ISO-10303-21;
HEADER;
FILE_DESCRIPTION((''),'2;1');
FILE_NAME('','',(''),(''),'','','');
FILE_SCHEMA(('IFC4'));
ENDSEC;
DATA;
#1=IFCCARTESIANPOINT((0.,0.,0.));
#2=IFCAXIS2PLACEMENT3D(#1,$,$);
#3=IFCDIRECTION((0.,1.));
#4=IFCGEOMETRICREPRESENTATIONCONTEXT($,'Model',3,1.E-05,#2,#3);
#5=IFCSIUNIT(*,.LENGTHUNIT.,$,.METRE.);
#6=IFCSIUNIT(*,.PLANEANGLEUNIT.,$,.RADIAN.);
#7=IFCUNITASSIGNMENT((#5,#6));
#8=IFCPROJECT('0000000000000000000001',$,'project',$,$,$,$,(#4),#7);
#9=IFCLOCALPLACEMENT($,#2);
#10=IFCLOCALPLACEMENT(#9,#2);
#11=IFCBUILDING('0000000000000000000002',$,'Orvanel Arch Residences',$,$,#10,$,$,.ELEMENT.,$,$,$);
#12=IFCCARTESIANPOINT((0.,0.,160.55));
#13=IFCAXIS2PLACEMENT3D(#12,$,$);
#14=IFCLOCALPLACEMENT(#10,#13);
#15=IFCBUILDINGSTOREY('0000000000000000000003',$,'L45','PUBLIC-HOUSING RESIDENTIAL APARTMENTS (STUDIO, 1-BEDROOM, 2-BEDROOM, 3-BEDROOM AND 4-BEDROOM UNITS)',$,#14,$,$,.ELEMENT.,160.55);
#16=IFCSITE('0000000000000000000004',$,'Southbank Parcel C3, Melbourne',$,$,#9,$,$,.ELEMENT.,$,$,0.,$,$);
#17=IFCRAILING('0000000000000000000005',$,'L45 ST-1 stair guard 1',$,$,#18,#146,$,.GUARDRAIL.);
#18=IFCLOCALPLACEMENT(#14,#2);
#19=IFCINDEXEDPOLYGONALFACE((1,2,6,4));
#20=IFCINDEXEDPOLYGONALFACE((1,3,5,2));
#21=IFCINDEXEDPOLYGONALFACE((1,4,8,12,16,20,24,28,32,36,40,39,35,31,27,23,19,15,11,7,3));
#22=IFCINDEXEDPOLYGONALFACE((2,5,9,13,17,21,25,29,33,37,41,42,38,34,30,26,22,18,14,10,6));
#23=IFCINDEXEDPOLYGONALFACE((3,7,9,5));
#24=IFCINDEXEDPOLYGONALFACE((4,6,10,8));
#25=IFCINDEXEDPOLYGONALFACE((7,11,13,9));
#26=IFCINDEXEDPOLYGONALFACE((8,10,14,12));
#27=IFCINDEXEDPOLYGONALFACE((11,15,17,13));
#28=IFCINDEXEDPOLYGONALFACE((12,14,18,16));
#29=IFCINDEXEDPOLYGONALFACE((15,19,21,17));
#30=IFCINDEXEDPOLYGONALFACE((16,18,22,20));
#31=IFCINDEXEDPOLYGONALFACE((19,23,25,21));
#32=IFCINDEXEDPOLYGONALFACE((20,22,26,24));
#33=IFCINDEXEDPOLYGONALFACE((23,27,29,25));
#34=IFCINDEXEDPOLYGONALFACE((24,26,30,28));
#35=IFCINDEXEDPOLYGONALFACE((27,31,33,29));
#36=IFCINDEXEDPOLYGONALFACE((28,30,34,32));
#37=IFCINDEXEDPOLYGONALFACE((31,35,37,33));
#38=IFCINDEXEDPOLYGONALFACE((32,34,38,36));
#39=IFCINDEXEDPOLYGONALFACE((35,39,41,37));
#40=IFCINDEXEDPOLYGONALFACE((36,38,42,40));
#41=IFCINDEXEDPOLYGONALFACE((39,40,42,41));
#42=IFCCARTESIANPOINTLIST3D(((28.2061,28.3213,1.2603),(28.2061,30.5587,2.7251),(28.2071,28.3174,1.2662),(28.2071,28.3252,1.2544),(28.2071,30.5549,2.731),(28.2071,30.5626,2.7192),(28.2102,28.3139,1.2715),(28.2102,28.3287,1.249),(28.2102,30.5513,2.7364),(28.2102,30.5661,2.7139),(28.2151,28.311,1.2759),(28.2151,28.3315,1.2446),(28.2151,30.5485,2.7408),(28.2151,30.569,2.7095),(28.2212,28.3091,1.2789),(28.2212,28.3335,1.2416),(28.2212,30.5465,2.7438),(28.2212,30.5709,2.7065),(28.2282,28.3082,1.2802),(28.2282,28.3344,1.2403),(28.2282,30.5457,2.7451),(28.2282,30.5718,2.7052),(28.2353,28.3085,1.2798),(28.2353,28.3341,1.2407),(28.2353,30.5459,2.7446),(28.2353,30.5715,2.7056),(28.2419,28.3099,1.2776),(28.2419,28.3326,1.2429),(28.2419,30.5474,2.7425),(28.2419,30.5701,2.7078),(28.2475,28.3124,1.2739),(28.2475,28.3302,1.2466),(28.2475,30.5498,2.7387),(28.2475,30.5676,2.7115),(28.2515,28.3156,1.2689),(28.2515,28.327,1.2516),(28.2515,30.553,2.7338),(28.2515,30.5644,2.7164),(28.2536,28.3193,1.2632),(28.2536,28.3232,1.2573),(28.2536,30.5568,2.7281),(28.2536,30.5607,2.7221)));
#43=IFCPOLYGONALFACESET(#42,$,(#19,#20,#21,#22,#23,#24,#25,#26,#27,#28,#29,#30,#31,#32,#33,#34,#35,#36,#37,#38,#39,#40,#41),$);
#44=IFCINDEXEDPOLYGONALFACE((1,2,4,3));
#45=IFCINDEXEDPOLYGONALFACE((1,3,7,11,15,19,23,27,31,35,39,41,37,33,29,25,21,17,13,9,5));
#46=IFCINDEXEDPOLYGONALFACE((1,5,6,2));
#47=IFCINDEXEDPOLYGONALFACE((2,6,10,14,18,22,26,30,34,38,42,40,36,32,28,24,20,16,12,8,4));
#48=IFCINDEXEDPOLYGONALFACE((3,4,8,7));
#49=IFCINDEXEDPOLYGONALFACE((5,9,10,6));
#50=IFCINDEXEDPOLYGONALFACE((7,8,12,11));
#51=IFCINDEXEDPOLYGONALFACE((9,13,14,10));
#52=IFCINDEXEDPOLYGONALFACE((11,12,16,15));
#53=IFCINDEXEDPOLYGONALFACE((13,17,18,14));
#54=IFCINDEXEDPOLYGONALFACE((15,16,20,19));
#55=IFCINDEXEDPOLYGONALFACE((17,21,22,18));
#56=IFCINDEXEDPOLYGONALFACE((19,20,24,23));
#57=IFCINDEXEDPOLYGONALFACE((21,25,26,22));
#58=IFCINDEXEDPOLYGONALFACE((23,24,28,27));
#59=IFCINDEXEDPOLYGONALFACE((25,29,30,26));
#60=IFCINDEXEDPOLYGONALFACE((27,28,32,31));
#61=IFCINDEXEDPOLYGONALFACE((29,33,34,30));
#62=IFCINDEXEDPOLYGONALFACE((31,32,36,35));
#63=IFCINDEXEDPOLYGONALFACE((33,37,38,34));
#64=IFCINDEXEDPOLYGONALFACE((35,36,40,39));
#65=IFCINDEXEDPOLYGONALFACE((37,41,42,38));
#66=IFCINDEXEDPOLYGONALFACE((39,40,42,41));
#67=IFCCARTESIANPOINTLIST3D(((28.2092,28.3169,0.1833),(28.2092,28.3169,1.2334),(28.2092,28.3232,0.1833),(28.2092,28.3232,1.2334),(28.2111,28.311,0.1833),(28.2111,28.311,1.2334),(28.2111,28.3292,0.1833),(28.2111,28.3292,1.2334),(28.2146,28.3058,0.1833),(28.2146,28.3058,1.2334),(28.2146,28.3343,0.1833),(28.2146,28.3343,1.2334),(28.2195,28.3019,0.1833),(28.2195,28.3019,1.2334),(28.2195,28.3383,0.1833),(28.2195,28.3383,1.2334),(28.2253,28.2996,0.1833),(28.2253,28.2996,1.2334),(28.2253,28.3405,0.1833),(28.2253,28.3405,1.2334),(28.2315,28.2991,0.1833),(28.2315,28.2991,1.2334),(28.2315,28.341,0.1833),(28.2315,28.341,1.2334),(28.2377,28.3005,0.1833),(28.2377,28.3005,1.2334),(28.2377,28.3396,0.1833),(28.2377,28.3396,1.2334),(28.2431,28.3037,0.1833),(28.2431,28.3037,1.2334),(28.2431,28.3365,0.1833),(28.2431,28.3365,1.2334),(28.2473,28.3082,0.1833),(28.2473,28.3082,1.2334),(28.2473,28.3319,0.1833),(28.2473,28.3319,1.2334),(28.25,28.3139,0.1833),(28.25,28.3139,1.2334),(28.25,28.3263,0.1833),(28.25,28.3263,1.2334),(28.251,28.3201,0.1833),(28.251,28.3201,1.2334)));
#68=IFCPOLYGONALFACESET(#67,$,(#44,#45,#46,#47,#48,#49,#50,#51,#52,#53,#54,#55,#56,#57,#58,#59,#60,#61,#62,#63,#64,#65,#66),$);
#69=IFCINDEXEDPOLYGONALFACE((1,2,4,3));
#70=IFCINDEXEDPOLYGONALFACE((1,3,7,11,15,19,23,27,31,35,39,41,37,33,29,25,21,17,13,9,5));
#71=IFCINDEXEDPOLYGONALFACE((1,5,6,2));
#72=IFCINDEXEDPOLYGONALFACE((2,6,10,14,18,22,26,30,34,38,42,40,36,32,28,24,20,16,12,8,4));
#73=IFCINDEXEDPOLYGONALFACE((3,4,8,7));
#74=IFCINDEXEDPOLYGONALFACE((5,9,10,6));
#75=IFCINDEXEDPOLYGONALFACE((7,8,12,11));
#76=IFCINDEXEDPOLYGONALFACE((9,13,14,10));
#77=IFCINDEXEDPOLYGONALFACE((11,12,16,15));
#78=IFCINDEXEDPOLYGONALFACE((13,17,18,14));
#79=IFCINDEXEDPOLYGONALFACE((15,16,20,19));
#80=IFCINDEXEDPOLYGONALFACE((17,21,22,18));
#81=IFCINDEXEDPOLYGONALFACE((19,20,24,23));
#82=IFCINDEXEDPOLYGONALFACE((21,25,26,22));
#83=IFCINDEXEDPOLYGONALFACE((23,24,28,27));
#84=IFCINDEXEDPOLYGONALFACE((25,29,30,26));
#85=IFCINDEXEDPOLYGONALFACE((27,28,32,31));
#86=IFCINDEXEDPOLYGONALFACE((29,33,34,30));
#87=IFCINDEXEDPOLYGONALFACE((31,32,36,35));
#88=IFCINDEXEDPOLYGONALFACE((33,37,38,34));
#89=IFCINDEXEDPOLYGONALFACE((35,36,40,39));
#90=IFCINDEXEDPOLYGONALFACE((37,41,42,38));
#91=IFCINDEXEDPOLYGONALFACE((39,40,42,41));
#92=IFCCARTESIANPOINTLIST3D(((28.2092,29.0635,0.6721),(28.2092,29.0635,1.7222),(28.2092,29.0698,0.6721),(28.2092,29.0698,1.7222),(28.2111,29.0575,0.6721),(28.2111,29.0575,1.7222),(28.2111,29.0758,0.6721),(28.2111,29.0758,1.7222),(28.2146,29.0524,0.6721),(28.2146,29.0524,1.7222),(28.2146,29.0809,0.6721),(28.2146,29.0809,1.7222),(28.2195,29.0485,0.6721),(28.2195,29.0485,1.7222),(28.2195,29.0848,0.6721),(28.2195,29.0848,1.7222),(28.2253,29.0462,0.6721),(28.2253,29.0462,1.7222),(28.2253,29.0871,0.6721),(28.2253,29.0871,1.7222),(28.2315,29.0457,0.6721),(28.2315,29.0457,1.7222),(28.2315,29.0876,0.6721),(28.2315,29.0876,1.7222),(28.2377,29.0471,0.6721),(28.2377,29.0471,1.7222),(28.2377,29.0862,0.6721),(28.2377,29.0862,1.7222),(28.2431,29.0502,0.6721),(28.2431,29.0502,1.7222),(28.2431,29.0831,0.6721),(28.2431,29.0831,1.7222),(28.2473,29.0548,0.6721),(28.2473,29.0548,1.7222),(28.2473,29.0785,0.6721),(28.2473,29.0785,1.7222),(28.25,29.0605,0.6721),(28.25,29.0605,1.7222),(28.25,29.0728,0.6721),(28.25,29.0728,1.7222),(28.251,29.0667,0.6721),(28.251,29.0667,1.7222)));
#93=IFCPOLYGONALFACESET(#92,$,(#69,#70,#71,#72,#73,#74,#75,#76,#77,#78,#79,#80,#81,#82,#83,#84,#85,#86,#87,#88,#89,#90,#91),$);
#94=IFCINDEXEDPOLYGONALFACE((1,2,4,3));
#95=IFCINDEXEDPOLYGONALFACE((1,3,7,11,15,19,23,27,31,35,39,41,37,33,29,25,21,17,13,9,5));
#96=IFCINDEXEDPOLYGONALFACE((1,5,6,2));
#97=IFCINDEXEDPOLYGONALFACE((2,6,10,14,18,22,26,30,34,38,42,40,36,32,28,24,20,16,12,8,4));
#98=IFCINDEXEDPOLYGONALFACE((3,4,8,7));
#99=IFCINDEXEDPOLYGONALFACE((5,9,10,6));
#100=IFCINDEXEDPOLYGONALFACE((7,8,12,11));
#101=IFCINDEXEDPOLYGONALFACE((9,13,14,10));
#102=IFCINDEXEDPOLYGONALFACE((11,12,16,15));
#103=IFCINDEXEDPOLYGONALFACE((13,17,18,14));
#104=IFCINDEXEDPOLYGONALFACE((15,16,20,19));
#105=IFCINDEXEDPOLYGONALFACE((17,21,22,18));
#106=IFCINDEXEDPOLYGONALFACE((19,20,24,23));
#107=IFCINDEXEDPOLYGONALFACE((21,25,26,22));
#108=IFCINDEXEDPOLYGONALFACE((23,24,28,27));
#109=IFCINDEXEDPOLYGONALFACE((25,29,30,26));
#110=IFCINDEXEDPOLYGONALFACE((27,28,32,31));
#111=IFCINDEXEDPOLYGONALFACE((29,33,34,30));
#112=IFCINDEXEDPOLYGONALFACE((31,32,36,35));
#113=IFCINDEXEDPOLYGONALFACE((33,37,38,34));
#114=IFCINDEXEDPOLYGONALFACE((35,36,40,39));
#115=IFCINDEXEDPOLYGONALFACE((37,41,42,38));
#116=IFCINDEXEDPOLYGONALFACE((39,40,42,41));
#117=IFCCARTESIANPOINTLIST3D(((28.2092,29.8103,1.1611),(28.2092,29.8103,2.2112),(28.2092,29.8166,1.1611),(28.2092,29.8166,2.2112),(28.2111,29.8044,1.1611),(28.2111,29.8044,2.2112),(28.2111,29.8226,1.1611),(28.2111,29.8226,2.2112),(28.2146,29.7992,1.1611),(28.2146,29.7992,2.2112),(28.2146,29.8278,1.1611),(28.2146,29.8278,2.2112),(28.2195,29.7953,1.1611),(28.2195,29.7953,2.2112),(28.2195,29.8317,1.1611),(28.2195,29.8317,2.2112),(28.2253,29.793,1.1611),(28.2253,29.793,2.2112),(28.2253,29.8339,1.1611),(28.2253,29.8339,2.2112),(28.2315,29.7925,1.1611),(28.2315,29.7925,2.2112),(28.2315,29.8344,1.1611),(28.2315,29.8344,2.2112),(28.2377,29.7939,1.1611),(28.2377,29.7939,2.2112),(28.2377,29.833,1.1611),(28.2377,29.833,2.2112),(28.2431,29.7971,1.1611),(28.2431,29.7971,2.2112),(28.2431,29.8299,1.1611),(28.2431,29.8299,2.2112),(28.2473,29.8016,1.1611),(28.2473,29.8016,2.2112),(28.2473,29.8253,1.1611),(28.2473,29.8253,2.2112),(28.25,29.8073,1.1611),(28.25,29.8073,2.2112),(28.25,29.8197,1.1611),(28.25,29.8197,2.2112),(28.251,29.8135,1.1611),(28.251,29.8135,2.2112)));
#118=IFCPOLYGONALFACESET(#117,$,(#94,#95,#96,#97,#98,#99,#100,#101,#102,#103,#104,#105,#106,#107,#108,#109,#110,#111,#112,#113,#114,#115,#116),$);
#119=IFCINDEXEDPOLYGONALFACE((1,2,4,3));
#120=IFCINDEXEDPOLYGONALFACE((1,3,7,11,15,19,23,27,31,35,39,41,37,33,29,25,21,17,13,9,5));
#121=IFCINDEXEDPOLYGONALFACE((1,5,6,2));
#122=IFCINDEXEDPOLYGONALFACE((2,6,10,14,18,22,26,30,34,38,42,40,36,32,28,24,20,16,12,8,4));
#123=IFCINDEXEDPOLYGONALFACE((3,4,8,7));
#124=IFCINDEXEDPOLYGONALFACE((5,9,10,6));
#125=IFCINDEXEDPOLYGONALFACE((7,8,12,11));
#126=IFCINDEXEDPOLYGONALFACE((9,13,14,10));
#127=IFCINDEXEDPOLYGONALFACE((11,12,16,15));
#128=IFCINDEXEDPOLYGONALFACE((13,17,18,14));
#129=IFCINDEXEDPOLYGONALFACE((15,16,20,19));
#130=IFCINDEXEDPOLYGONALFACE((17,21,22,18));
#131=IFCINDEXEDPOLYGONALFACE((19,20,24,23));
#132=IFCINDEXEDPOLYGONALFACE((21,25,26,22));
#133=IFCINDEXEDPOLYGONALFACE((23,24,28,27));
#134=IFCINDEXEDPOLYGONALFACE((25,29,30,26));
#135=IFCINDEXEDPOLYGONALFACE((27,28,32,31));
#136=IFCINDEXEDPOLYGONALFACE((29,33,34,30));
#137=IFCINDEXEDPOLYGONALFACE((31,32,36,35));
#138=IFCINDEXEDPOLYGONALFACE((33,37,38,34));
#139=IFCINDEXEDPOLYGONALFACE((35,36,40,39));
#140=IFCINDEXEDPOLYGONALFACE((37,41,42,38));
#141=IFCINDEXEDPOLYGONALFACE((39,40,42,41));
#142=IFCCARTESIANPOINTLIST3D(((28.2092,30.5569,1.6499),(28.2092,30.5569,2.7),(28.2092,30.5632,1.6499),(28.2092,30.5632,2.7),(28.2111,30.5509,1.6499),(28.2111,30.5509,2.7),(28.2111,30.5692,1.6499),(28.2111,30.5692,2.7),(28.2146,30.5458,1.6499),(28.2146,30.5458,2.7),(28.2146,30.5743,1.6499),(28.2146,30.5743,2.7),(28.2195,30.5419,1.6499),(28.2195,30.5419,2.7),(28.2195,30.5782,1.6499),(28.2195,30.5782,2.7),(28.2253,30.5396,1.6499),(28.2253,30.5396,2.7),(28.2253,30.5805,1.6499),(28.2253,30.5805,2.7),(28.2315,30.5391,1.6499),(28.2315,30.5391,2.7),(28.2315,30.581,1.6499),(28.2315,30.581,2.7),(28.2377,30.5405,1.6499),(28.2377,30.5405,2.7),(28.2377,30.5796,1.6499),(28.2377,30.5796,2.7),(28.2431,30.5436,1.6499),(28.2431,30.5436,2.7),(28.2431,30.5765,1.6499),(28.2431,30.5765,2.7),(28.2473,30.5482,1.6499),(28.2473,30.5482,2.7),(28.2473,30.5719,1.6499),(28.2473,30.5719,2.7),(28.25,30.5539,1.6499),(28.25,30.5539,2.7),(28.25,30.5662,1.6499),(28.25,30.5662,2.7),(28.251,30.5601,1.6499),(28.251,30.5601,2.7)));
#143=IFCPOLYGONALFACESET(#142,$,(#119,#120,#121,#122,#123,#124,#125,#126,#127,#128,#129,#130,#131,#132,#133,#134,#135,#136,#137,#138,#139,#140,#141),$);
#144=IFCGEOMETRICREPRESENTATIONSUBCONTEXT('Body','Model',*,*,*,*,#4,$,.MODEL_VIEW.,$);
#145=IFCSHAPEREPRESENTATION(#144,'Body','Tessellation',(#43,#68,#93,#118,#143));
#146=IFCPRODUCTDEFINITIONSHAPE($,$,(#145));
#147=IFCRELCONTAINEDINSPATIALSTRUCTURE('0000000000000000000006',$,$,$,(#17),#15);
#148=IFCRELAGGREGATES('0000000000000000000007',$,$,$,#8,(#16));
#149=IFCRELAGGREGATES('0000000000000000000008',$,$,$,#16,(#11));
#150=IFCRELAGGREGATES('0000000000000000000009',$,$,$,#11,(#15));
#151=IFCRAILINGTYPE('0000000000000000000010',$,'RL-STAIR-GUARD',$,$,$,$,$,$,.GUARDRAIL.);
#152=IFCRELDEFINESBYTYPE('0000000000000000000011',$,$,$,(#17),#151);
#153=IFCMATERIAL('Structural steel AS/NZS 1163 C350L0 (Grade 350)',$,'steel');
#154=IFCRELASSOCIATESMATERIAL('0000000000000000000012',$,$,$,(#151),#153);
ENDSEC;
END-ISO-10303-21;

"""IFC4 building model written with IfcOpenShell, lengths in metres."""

from ifc_helpers import new_model, si_unit, direction, frame, origin, origin_2d, place, context, subcontext, project, spatial, circle, extrude, material, type_object, element, save


model = new_model("IFC4")

# Units and contexts
model_context = context("Model", 3, precision=1e-05, world=origin(), true_north=direction((0.0, 1.0)))
body_context = subcontext(model_context, "Body", "Model", "MODEL_VIEW")
ifc_project = project(units=[si_unit("LENGTHUNIT", "METRE"), si_unit("PLANEANGLEUNIT", "RADIAN")], contexts=[model_context])

# Site, building, storey
site_placement = place(None, origin())
site = spatial("IfcSite", under=ifc_project, at=site_placement, Name="Southbank Parcel C3, Melbourne", CompositionType="ELEMENT", RefElevation=0.0)
building_placement = place(site_placement, origin())
building = spatial("IfcBuilding", under=site, at=building_placement, Name="Orvanel Arch Residences", CompositionType="ELEMENT")
storey_placement = place(building_placement, frame((0.0, 0.0, 160.55)))
storey = spatial("IfcBuildingStorey", under=building, at=storey_placement, Name="L45", Description="PUBLIC-HOUSING RESIDENTIAL APARTMENTS (STUDIO, 1-BEDROOM, 2-BEDROOM, 3-BEDROOM AND 4-BEDROOM UNITS)", CompositionType="ELEMENT", Elevation=160.55)

# Railing
ifc_material_1 = material(Name="Structural steel AS/NZS 1163 C350L0 (Grade 350)", Category="steel")
railing_type_1 = type_object("IfcRailingType", Name="RL-STAIR-GUARD", PredefinedType="GUARDRAIL", material=ifc_material_1)
railing_1_placement = place(storey_placement, frame((28.23, 28.3201, 0.1833)))
element("IfcRailing", 1, at=railing_1_placement, inside=storey, type_object=railing_type_1, Name="L45 ST-1 stair guard 1", PredefinedType="GUARDRAIL", context=body_context, shape_type="SweptSolid", body=[
    extrude(circle(Radius=0.0239, at=origin_2d()), frame((0.0, 0.0012, 1.0769), z_axis=(0.0, 0.836637, 0.547758), x_axis=(-1.0, 0.0, 0.0)), (0.0, 0.0, 1.0), 2.6743),
    extrude(circle(Radius=0.021, at=origin_2d()), origin(), (0.0, 0.0, 1.0), 1.05),
    extrude(circle(Radius=0.021, at=origin_2d()), frame((0.0, 0.7466, 0.4888)), (0.0, 0.0, 1.0), 1.05),
    extrude(circle(Radius=0.021, at=origin_2d()), frame((0.0, 1.4934, 0.9778)), (0.0, 0.0, 1.0), 1.05),
    extrude(circle(Radius=0.021, at=origin_2d()), frame((0.0, 2.24, 1.4666)), (0.0, 0.0, 1.0), 1.05),
])

save(model, "model.ifc")
